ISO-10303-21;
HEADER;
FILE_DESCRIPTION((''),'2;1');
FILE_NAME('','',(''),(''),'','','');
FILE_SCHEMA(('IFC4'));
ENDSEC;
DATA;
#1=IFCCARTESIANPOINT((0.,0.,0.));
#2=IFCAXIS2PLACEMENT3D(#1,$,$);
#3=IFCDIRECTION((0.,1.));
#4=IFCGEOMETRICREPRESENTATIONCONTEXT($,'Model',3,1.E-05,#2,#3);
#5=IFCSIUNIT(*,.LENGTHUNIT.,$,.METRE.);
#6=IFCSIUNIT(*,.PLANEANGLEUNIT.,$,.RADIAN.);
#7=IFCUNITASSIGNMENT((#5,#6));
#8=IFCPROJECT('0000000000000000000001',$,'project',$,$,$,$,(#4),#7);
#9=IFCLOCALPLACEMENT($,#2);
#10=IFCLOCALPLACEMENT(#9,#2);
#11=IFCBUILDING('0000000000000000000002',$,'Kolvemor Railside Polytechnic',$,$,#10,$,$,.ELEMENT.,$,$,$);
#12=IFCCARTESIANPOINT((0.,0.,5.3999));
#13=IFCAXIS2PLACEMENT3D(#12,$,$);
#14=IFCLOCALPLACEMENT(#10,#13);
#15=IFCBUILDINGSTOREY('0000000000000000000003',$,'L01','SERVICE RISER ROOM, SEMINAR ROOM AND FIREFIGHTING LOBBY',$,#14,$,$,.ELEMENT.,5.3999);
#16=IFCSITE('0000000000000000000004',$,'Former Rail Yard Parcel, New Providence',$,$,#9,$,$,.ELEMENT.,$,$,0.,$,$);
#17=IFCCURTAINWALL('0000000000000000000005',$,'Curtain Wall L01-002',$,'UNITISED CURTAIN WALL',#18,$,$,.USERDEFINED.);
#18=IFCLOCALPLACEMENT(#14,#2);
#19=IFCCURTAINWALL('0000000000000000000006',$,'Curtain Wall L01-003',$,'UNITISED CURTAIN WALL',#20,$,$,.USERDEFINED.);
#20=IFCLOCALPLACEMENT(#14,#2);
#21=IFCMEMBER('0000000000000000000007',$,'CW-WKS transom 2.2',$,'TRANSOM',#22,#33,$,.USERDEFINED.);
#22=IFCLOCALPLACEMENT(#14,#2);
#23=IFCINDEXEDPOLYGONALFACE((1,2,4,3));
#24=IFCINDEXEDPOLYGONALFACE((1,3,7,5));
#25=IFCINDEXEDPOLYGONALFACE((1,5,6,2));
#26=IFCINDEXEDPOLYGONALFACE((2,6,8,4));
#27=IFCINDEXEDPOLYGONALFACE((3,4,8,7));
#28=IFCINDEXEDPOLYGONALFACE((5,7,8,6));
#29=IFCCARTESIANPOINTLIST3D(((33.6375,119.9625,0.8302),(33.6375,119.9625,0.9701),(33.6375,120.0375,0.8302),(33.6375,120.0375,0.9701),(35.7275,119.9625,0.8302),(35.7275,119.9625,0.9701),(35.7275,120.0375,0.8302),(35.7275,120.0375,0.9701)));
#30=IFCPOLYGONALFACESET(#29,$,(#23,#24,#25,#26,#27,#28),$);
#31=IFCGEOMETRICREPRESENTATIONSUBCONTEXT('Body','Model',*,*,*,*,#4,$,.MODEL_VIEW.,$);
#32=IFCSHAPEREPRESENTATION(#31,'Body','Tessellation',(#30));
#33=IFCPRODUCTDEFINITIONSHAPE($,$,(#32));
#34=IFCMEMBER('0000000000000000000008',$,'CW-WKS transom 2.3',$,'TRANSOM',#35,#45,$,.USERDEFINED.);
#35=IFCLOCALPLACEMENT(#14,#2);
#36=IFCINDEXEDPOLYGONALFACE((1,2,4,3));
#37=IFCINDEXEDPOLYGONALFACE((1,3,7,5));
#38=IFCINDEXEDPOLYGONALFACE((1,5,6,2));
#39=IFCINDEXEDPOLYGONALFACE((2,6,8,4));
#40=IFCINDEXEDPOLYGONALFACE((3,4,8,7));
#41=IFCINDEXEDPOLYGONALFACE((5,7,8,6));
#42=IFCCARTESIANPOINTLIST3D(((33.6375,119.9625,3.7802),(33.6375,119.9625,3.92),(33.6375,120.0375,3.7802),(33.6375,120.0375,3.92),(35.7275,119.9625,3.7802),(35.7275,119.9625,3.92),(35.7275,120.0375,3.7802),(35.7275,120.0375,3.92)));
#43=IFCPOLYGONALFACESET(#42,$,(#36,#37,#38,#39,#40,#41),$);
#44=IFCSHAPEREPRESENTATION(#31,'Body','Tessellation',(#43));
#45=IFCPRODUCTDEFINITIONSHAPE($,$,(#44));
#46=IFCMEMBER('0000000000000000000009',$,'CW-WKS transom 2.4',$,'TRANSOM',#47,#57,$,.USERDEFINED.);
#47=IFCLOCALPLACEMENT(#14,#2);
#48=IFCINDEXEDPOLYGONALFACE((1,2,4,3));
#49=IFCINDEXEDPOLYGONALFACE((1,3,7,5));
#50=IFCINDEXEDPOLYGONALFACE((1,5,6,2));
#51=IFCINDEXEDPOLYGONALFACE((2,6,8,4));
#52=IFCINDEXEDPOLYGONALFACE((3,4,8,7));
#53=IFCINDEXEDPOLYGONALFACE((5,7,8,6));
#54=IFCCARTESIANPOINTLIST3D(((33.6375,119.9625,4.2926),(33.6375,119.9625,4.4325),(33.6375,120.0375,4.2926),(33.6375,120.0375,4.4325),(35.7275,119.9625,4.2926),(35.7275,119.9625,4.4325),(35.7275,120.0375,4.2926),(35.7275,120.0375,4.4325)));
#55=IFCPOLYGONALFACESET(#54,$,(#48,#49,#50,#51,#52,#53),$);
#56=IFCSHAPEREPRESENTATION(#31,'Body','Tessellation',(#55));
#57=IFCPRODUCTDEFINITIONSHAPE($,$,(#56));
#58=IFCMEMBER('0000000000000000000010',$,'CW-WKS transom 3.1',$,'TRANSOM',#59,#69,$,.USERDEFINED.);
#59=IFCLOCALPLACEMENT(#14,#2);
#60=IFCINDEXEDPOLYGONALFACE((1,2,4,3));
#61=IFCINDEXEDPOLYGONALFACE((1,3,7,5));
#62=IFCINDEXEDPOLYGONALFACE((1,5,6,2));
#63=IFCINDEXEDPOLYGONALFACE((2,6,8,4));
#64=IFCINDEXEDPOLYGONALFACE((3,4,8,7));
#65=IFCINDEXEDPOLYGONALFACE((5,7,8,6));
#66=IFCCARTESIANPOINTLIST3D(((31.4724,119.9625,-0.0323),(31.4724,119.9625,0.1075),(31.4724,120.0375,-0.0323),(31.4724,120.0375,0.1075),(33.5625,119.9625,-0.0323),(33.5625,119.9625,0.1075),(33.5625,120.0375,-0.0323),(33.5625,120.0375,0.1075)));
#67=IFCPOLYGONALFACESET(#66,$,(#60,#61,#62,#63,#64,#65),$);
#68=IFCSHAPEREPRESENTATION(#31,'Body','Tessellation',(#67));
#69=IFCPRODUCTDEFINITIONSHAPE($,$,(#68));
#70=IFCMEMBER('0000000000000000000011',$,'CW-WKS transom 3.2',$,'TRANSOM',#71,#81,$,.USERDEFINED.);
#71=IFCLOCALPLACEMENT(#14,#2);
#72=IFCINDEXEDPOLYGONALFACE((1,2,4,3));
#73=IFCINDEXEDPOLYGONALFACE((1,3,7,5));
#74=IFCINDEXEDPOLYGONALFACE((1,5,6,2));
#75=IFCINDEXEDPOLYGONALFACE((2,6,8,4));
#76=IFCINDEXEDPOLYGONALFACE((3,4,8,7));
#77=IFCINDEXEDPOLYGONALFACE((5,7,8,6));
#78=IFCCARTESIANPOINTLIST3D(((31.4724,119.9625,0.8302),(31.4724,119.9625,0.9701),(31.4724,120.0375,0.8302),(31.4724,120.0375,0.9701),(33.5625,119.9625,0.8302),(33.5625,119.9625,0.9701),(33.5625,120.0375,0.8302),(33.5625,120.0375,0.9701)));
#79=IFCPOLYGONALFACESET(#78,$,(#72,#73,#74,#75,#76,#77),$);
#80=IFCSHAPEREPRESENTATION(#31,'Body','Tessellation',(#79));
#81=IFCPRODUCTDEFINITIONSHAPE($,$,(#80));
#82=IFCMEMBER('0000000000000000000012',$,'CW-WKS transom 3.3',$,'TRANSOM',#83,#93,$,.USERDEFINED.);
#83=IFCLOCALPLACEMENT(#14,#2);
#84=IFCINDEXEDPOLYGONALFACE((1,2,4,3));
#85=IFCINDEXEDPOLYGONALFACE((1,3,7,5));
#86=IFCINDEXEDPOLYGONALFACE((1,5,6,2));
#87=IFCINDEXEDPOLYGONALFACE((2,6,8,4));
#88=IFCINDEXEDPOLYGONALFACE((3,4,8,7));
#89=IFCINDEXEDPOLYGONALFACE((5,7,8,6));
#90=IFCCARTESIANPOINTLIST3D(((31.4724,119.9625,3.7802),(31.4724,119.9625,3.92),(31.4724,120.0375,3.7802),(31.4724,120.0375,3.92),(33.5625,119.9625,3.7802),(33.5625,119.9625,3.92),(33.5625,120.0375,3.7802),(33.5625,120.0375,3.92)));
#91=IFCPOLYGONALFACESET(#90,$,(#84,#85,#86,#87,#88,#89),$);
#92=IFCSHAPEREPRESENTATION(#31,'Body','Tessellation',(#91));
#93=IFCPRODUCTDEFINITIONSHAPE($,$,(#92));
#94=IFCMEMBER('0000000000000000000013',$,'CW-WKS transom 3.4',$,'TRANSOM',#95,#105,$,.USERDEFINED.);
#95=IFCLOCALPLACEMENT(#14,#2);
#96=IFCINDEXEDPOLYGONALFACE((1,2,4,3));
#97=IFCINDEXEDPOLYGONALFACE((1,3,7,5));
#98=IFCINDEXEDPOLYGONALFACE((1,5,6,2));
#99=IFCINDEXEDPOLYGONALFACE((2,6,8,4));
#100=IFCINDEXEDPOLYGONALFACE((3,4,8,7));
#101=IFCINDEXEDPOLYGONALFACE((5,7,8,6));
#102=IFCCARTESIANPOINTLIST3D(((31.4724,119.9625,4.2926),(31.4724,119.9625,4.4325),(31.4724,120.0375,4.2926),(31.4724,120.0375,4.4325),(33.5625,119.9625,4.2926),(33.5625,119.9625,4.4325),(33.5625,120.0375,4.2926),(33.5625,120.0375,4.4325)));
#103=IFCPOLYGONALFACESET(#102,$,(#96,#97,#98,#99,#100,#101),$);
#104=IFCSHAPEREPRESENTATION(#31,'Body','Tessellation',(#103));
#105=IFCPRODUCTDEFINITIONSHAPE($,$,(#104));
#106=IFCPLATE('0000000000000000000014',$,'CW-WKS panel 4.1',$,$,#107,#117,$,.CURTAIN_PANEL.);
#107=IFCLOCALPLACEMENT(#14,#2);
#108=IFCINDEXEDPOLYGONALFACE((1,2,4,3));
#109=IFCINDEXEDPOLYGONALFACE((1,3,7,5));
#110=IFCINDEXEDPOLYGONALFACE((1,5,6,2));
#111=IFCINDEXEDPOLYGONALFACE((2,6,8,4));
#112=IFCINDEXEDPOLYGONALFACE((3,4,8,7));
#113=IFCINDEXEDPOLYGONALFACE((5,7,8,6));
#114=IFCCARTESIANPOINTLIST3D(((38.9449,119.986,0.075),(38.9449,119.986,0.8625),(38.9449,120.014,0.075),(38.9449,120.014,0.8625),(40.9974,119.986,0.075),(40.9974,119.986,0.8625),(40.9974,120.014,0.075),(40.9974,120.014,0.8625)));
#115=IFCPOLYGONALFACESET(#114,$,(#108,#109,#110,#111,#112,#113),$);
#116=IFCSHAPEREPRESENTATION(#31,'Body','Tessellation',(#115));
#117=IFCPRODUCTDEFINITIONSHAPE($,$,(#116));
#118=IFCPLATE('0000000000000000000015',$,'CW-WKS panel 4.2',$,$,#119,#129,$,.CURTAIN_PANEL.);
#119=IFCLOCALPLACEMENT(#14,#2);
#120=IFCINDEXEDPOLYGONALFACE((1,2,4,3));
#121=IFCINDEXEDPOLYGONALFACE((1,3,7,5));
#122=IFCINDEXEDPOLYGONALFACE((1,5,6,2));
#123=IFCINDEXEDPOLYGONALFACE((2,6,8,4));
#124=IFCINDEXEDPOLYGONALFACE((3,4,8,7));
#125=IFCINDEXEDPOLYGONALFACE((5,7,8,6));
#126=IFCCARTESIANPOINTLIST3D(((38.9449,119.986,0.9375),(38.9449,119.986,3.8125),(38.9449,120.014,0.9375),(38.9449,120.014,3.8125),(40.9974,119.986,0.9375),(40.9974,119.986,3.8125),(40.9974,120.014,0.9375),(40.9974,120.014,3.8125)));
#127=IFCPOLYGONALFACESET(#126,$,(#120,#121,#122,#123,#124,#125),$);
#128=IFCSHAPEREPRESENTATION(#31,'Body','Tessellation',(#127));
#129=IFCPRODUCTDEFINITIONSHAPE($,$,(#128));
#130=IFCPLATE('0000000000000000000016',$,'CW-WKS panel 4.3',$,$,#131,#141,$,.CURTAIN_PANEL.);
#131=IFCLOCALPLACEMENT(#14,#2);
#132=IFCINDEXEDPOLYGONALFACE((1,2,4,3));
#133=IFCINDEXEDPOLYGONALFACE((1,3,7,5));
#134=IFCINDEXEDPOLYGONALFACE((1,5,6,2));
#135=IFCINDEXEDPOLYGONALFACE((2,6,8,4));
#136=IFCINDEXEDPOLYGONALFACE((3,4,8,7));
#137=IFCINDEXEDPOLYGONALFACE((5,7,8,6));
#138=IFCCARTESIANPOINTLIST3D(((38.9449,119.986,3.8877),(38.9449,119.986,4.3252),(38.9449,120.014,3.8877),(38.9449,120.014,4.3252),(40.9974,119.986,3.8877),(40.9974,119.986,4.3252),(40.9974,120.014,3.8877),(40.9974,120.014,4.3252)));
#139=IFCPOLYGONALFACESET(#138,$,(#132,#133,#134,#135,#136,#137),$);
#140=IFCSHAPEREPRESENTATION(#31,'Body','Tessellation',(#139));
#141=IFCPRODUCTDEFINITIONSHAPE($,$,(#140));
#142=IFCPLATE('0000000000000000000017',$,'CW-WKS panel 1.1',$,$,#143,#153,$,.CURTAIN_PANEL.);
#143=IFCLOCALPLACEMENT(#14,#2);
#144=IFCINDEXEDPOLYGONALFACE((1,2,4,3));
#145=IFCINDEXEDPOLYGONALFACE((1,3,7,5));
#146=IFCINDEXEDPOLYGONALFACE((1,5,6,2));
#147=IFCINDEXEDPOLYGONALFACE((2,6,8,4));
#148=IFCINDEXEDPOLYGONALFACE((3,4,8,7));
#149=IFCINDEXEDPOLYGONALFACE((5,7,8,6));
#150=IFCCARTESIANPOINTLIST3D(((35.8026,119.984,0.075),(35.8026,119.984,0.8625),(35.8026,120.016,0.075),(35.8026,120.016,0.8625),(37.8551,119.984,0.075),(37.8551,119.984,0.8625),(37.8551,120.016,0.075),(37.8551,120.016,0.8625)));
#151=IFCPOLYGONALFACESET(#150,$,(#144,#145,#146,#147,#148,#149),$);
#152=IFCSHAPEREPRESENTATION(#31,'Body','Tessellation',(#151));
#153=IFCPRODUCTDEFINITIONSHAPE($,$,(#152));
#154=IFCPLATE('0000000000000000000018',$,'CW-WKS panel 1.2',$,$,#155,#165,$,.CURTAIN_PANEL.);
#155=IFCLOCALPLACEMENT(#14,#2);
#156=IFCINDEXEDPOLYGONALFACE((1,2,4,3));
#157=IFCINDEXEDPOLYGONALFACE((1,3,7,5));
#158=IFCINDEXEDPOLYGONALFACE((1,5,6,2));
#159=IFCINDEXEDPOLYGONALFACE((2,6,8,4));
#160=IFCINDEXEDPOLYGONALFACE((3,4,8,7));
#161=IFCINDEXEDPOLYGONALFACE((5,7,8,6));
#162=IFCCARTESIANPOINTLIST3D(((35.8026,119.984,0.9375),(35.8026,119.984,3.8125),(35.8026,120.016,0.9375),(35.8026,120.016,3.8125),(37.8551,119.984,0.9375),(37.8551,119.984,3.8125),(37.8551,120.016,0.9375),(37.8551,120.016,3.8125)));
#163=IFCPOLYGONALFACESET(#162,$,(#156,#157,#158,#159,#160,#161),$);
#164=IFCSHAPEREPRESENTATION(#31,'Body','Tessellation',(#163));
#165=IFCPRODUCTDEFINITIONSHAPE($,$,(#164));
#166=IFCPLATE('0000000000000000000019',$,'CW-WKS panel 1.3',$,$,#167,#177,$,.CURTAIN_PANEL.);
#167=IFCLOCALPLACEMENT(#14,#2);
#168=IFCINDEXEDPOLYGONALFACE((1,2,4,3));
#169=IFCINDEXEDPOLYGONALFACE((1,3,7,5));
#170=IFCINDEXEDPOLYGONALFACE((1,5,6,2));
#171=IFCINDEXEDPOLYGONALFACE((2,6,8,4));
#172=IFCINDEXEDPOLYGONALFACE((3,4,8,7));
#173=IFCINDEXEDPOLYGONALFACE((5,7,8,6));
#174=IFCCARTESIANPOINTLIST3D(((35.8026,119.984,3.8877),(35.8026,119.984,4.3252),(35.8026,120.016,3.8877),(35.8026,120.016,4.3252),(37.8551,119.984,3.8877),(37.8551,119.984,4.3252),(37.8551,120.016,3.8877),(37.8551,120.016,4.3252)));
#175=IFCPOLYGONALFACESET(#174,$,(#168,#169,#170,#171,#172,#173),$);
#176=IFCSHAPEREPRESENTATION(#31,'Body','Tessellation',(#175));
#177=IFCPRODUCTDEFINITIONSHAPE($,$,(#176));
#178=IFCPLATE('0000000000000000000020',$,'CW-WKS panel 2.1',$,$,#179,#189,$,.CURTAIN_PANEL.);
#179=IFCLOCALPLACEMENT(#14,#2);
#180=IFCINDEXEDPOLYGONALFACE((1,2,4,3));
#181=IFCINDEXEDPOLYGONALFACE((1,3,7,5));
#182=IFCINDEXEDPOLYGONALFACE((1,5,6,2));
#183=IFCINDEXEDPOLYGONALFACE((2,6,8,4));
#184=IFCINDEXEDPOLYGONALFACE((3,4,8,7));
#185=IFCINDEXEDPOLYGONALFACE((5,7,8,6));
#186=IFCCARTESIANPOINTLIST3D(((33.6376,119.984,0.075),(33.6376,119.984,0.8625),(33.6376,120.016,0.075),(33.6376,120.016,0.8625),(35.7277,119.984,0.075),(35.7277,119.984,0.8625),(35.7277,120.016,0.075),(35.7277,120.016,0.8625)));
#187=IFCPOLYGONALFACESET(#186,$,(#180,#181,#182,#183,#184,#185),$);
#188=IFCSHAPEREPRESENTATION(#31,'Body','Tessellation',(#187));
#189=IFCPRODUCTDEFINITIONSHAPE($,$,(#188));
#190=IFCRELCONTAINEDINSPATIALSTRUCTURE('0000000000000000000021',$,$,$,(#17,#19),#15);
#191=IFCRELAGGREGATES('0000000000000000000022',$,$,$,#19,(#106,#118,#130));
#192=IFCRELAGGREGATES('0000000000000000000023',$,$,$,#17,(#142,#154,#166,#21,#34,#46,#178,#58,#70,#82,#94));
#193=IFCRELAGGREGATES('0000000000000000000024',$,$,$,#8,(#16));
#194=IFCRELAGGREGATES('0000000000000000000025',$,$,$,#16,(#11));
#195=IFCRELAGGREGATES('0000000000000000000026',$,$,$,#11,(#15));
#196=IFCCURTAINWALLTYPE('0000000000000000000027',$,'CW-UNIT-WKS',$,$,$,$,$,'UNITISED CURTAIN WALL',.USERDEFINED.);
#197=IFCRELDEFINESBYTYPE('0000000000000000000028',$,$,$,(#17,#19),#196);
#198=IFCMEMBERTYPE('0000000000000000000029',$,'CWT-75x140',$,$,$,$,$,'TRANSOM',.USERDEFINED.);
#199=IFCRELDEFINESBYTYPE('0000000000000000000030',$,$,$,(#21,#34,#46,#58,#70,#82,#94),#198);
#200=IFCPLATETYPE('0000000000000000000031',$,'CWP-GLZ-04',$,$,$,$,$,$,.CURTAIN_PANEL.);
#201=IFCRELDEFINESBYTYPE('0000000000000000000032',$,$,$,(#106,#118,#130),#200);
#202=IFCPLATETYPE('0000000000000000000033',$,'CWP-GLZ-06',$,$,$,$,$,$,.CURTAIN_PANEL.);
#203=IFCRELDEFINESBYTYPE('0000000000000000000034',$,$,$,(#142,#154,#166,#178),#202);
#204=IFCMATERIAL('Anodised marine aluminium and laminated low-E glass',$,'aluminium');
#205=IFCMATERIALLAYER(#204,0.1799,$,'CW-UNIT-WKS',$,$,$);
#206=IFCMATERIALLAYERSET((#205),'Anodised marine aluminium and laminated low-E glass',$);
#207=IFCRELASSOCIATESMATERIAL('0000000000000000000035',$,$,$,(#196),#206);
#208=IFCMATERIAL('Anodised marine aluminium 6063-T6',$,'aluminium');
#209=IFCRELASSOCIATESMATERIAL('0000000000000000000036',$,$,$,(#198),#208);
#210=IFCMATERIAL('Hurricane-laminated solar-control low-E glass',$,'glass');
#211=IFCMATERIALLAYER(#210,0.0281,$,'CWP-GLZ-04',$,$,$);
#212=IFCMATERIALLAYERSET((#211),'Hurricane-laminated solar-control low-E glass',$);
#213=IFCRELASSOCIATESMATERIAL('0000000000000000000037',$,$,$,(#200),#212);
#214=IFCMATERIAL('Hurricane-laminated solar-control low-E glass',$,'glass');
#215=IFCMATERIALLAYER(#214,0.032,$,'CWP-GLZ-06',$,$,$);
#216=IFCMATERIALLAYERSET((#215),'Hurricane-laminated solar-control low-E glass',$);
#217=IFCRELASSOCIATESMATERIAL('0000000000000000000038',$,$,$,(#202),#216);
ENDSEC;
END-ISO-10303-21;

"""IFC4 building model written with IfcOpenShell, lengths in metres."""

from ifc_helpers import new_model, si_unit, direction, frame, origin, origin_2d, place, context, subcontext, project, spatial, rectangle, extrude, material, layer, layer_set, material_profile, profile_set, type_object, element, aggregate, save


model = new_model("IFC4")

# Units and contexts
model_context = context("Model", 3, precision=1e-05, world=origin(), true_north=direction((0.0, 1.0)))
body_context = subcontext(model_context, "Body", "Model", "MODEL_VIEW")
ifc_project = project(units=[si_unit("LENGTHUNIT", "METRE"), si_unit("PLANEANGLEUNIT", "RADIAN")], contexts=[model_context])

# Site, building, storey
site_placement = place(None, origin())
site = spatial("IfcSite", under=ifc_project, at=site_placement, Name="Former Rail Yard Parcel, New Providence", CompositionType="ELEMENT", RefElevation=0.0)
building_placement = place(site_placement, origin())
building = spatial("IfcBuilding", under=site, at=building_placement, Name="Kolvemor Railside Polytechnic", CompositionType="ELEMENT")
storey_placement = place(building_placement, frame((0.0, 0.0, 5.3999)))
storey = spatial("IfcBuildingStorey", under=building, at=storey_placement, Name="L01", Description="SERVICE RISER ROOM, SEMINAR ROOM AND FIREFIGHTING LOBBY", CompositionType="ELEMENT", Elevation=5.3999)

# Curtain wall
ifc_material_1 = material(Name="Anodised marine aluminium and laminated low-E glass", Category="aluminium")
ifc_layer_1 = layer(ifc_material_1, 0.1799, Name="CW-UNIT-WKS")
ifc_layer_set_1 = layer_set([ifc_layer_1], Name="Anodised marine aluminium and laminated low-E glass")
curtain_wall_type = type_object("IfcCurtainWallType", Name="CW-UNIT-WKS", ElementType="UNITISED CURTAIN WALL", PredefinedType="USERDEFINED", material=ifc_layer_set_1)
curtain_wall_1_placement = place(storey_placement, origin())
curtain_wall_1 = element("IfcCurtainWall", 1, at=curtain_wall_1_placement, inside=storey, type_object=curtain_wall_type, Name="Curtain Wall L01-002", ObjectType="UNITISED CURTAIN WALL", PredefinedType="USERDEFINED")

# Curtain wall
curtain_wall_2_placement = place(storey_placement, origin())
curtain_wall_2 = element("IfcCurtainWall", 2, at=curtain_wall_2_placement, inside=storey, type_object=curtain_wall_type, Name="Curtain Wall L01-003", ObjectType="UNITISED CURTAIN WALL", PredefinedType="USERDEFINED")

# Members
ifc_material_2 = material(Name="Anodised marine aluminium 6063-T6", Category="aluminium")
ifc_material_profile_1 = material_profile(ifc_material_2, rectangle(XDim=0.075, YDim=0.1399, at=origin_2d()), Name="CW-TRN-75x140")
ifc_profile_set_1 = profile_set([ifc_material_profile_1], Name="Anodised marine aluminium 6063-T6")
member_type_1 = type_object("IfcMemberType", Name="CWT-75x140", ElementType="TRANSOM", PredefinedType="USERDEFINED", material=ifc_profile_set_1)
member_1_placement = place(storey_placement, frame((35.7275, 120.0, 0.9001), z_axis=(-1.0, 0.0, 0.0), x_axis=(0.0, -1.0, 0.0)))
member_1 = element("IfcMember", 3, at=member_1_placement, type_object=member_type_1, Name="CW-WKS transom 2.2", ObjectType="TRANSOM", PredefinedType="USERDEFINED", context=body_context, shape_type="SweptSolid", body=[
    extrude(rectangle(XDim=0.075, YDim=0.1399, at=origin_2d()), origin(), (0.0, 0.0, 1.0), 2.0901),
])
member_2_placement = place(storey_placement, frame((35.7275, 120.0, 3.8501), z_axis=(-1.0, 0.0, 0.0), x_axis=(0.0, -1.0, 0.0)))
member_2 = element("IfcMember", 4, at=member_2_placement, type_object=member_type_1, Name="CW-WKS transom 2.3", ObjectType="TRANSOM", PredefinedType="USERDEFINED", context=body_context, shape_type="SweptSolid", body=[
    extrude(rectangle(XDim=0.075, YDim=0.1399, at=origin_2d()), origin(), (0.0, 0.0, 1.0), 2.0901),
])
member_3_placement = place(storey_placement, frame((35.7275, 120.0, 4.3625), z_axis=(-1.0, 0.0, 0.0), x_axis=(0.0, -1.0, 0.0)))
member_3 = element("IfcMember", 5, at=member_3_placement, type_object=member_type_1, Name="CW-WKS transom 2.4", ObjectType="TRANSOM", PredefinedType="USERDEFINED", context=body_context, shape_type="SweptSolid", body=[
    extrude(rectangle(XDim=0.075, YDim=0.1399, at=origin_2d()), origin(), (0.0, 0.0, 1.0), 2.0901),
])
member_4_placement = place(storey_placement, frame((33.5625, 120.0, 0.0376), z_axis=(-1.0, 0.0, 0.0), x_axis=(0.0, -1.0, 0.0)))
member_4 = element("IfcMember", 6, at=member_4_placement, type_object=member_type_1, Name="CW-WKS transom 3.1", ObjectType="TRANSOM", PredefinedType="USERDEFINED", context=body_context, shape_type="SweptSolid", body=[
    extrude(rectangle(XDim=0.075, YDim=0.1399, at=origin_2d()), origin(), (0.0, 0.0, 1.0), 2.0901),
])
member_5_placement = place(storey_placement, frame((33.5625, 120.0, 0.9001), z_axis=(-1.0, 0.0, 0.0), x_axis=(0.0, -1.0, 0.0)))
member_5 = element("IfcMember", 7, at=member_5_placement, type_object=member_type_1, Name="CW-WKS transom 3.2", ObjectType="TRANSOM", PredefinedType="USERDEFINED", context=body_context, shape_type="SweptSolid", body=[
    extrude(rectangle(XDim=0.075, YDim=0.1399, at=origin_2d()), origin(), (0.0, 0.0, 1.0), 2.0901),
])
member_6_placement = place(storey_placement, frame((33.5625, 120.0, 3.8501), z_axis=(-1.0, 0.0, 0.0), x_axis=(0.0, -1.0, 0.0)))
member_6 = element("IfcMember", 8, at=member_6_placement, type_object=member_type_1, Name="CW-WKS transom 3.3", ObjectType="TRANSOM", PredefinedType="USERDEFINED", context=body_context, shape_type="SweptSolid", body=[
    extrude(rectangle(XDim=0.075, YDim=0.1399, at=origin_2d()), origin(), (0.0, 0.0, 1.0), 2.0901),
])
member_7_placement = place(storey_placement, frame((33.5625, 120.0, 4.3625), z_axis=(-1.0, 0.0, 0.0), x_axis=(0.0, -1.0, 0.0)))
member_7 = element("IfcMember", 9, at=member_7_placement, type_object=member_type_1, Name="CW-WKS transom 3.4", ObjectType="TRANSOM", PredefinedType="USERDEFINED", context=body_context, shape_type="SweptSolid", body=[
    extrude(rectangle(XDim=0.075, YDim=0.1399, at=origin_2d()), origin(), (0.0, 0.0, 1.0), 2.0901),
])

# Plates
ifc_material_3 = material(Name="Hurricane-laminated solar-control low-E glass", Category="glass")
ifc_layer_2 = layer(ifc_material_3, 0.0281, Name="CWP-GLZ-04")
ifc_layer_set_2 = layer_set([ifc_layer_2], Name="Hurricane-laminated solar-control low-E glass")
plate_type_1 = type_object("IfcPlateType", Name="CWP-GLZ-04", PredefinedType="CURTAIN_PANEL", material=ifc_layer_set_2)
plate_1_placement = place(storey_placement, frame((39.9712, 120.0, 0.075), z_axis=(0.0, 0.0, 1.0), x_axis=(-1.0, 0.0, 0.0)))
plate_1 = element("IfcPlate", 10, at=plate_1_placement, type_object=plate_type_1, Name="CW-WKS panel 4.1", PredefinedType="CURTAIN_PANEL", context=body_context, shape_type="SweptSolid", body=[
    extrude(rectangle(XDim=2.0525, YDim=0.0281, at=origin_2d()), origin(), (0.0, 0.0, 1.0), 0.7876),
])
plate_2_placement = place(storey_placement, frame((39.9712, 120.0, 0.9375), z_axis=(0.0, 0.0, 1.0), x_axis=(-1.0, 0.0, 0.0)))
plate_2 = element("IfcPlate", 11, at=plate_2_placement, type_object=plate_type_1, Name="CW-WKS panel 4.2", PredefinedType="CURTAIN_PANEL", context=body_context, shape_type="SweptSolid", body=[
    extrude(rectangle(XDim=2.0525, YDim=0.0281, at=origin_2d()), origin(), (0.0, 0.0, 1.0), 2.875),
])
plate_3_placement = place(storey_placement, frame((39.9712, 120.0, 3.8877), z_axis=(0.0, 0.0, 1.0), x_axis=(-1.0, 0.0, 0.0)))
plate_3 = element("IfcPlate", 12, at=plate_3_placement, type_object=plate_type_1, Name="CW-WKS panel 4.3", PredefinedType="CURTAIN_PANEL", context=body_context, shape_type="SweptSolid", body=[
    extrude(rectangle(XDim=2.0525, YDim=0.0281, at=origin_2d()), origin(), (0.0, 0.0, 1.0), 0.4375),
])
aggregate(curtain_wall_2, [plate_1, plate_2, plate_3])
ifc_material_4 = material(Name="Hurricane-laminated solar-control low-E glass", Category="glass")
ifc_layer_3 = layer(ifc_material_4, 0.032, Name="CWP-GLZ-06")
ifc_layer_set_3 = layer_set([ifc_layer_3], Name="Hurricane-laminated solar-control low-E glass")
plate_type_2 = type_object("IfcPlateType", Name="CWP-GLZ-06", PredefinedType="CURTAIN_PANEL", material=ifc_layer_set_3)
plate_4_placement = place(storey_placement, frame((36.8289, 120.0, 0.075), z_axis=(0.0, 0.0, 1.0), x_axis=(-1.0, 0.0, 0.0)))
plate_4 = element("IfcPlate", 13, at=plate_4_placement, type_object=plate_type_2, Name="CW-WKS panel 1.1", PredefinedType="CURTAIN_PANEL", context=body_context, shape_type="SweptSolid", body=[
    extrude(rectangle(XDim=2.0525, YDim=0.032, at=origin_2d()), origin(), (0.0, 0.0, 1.0), 0.7876),
])
plate_5_placement = place(storey_placement, frame((36.8289, 120.0, 0.9375), z_axis=(0.0, 0.0, 1.0), x_axis=(-1.0, 0.0, 0.0)))
plate_5 = element("IfcPlate", 14, at=plate_5_placement, type_object=plate_type_2, Name="CW-WKS panel 1.2", PredefinedType="CURTAIN_PANEL", context=body_context, shape_type="SweptSolid", body=[
    extrude(rectangle(XDim=2.0525, YDim=0.032, at=origin_2d()), origin(), (0.0, 0.0, 1.0), 2.875),
])
plate_6_placement = place(storey_placement, frame((36.8289, 120.0, 3.8877), z_axis=(0.0, 0.0, 1.0), x_axis=(-1.0, 0.0, 0.0)))
plate_6 = element("IfcPlate", 15, at=plate_6_placement, type_object=plate_type_2, Name="CW-WKS panel 1.3", PredefinedType="CURTAIN_PANEL", context=body_context, shape_type="SweptSolid", body=[
    extrude(rectangle(XDim=2.0525, YDim=0.032, at=origin_2d()), origin(), (0.0, 0.0, 1.0), 0.4375),
])
plate_7_placement = place(storey_placement, frame((34.6826, 120.0, 0.075), z_axis=(0.0, 0.0, 1.0), x_axis=(-1.0, 0.0, 0.0)))
plate_7 = element("IfcPlate", 16, at=plate_7_placement, type_object=plate_type_2, Name="CW-WKS panel 2.1", PredefinedType="CURTAIN_PANEL", context=body_context, shape_type="SweptSolid", body=[
    extrude(rectangle(XDim=2.0901, YDim=0.032, at=origin_2d()), origin(), (0.0, 0.0, 1.0), 0.7876),
])
aggregate(curtain_wall_1, [plate_4, plate_5, plate_6, member_1, member_2, member_3, plate_7, member_4, member_5, member_6, member_7])

save(model, "model.ifc")
